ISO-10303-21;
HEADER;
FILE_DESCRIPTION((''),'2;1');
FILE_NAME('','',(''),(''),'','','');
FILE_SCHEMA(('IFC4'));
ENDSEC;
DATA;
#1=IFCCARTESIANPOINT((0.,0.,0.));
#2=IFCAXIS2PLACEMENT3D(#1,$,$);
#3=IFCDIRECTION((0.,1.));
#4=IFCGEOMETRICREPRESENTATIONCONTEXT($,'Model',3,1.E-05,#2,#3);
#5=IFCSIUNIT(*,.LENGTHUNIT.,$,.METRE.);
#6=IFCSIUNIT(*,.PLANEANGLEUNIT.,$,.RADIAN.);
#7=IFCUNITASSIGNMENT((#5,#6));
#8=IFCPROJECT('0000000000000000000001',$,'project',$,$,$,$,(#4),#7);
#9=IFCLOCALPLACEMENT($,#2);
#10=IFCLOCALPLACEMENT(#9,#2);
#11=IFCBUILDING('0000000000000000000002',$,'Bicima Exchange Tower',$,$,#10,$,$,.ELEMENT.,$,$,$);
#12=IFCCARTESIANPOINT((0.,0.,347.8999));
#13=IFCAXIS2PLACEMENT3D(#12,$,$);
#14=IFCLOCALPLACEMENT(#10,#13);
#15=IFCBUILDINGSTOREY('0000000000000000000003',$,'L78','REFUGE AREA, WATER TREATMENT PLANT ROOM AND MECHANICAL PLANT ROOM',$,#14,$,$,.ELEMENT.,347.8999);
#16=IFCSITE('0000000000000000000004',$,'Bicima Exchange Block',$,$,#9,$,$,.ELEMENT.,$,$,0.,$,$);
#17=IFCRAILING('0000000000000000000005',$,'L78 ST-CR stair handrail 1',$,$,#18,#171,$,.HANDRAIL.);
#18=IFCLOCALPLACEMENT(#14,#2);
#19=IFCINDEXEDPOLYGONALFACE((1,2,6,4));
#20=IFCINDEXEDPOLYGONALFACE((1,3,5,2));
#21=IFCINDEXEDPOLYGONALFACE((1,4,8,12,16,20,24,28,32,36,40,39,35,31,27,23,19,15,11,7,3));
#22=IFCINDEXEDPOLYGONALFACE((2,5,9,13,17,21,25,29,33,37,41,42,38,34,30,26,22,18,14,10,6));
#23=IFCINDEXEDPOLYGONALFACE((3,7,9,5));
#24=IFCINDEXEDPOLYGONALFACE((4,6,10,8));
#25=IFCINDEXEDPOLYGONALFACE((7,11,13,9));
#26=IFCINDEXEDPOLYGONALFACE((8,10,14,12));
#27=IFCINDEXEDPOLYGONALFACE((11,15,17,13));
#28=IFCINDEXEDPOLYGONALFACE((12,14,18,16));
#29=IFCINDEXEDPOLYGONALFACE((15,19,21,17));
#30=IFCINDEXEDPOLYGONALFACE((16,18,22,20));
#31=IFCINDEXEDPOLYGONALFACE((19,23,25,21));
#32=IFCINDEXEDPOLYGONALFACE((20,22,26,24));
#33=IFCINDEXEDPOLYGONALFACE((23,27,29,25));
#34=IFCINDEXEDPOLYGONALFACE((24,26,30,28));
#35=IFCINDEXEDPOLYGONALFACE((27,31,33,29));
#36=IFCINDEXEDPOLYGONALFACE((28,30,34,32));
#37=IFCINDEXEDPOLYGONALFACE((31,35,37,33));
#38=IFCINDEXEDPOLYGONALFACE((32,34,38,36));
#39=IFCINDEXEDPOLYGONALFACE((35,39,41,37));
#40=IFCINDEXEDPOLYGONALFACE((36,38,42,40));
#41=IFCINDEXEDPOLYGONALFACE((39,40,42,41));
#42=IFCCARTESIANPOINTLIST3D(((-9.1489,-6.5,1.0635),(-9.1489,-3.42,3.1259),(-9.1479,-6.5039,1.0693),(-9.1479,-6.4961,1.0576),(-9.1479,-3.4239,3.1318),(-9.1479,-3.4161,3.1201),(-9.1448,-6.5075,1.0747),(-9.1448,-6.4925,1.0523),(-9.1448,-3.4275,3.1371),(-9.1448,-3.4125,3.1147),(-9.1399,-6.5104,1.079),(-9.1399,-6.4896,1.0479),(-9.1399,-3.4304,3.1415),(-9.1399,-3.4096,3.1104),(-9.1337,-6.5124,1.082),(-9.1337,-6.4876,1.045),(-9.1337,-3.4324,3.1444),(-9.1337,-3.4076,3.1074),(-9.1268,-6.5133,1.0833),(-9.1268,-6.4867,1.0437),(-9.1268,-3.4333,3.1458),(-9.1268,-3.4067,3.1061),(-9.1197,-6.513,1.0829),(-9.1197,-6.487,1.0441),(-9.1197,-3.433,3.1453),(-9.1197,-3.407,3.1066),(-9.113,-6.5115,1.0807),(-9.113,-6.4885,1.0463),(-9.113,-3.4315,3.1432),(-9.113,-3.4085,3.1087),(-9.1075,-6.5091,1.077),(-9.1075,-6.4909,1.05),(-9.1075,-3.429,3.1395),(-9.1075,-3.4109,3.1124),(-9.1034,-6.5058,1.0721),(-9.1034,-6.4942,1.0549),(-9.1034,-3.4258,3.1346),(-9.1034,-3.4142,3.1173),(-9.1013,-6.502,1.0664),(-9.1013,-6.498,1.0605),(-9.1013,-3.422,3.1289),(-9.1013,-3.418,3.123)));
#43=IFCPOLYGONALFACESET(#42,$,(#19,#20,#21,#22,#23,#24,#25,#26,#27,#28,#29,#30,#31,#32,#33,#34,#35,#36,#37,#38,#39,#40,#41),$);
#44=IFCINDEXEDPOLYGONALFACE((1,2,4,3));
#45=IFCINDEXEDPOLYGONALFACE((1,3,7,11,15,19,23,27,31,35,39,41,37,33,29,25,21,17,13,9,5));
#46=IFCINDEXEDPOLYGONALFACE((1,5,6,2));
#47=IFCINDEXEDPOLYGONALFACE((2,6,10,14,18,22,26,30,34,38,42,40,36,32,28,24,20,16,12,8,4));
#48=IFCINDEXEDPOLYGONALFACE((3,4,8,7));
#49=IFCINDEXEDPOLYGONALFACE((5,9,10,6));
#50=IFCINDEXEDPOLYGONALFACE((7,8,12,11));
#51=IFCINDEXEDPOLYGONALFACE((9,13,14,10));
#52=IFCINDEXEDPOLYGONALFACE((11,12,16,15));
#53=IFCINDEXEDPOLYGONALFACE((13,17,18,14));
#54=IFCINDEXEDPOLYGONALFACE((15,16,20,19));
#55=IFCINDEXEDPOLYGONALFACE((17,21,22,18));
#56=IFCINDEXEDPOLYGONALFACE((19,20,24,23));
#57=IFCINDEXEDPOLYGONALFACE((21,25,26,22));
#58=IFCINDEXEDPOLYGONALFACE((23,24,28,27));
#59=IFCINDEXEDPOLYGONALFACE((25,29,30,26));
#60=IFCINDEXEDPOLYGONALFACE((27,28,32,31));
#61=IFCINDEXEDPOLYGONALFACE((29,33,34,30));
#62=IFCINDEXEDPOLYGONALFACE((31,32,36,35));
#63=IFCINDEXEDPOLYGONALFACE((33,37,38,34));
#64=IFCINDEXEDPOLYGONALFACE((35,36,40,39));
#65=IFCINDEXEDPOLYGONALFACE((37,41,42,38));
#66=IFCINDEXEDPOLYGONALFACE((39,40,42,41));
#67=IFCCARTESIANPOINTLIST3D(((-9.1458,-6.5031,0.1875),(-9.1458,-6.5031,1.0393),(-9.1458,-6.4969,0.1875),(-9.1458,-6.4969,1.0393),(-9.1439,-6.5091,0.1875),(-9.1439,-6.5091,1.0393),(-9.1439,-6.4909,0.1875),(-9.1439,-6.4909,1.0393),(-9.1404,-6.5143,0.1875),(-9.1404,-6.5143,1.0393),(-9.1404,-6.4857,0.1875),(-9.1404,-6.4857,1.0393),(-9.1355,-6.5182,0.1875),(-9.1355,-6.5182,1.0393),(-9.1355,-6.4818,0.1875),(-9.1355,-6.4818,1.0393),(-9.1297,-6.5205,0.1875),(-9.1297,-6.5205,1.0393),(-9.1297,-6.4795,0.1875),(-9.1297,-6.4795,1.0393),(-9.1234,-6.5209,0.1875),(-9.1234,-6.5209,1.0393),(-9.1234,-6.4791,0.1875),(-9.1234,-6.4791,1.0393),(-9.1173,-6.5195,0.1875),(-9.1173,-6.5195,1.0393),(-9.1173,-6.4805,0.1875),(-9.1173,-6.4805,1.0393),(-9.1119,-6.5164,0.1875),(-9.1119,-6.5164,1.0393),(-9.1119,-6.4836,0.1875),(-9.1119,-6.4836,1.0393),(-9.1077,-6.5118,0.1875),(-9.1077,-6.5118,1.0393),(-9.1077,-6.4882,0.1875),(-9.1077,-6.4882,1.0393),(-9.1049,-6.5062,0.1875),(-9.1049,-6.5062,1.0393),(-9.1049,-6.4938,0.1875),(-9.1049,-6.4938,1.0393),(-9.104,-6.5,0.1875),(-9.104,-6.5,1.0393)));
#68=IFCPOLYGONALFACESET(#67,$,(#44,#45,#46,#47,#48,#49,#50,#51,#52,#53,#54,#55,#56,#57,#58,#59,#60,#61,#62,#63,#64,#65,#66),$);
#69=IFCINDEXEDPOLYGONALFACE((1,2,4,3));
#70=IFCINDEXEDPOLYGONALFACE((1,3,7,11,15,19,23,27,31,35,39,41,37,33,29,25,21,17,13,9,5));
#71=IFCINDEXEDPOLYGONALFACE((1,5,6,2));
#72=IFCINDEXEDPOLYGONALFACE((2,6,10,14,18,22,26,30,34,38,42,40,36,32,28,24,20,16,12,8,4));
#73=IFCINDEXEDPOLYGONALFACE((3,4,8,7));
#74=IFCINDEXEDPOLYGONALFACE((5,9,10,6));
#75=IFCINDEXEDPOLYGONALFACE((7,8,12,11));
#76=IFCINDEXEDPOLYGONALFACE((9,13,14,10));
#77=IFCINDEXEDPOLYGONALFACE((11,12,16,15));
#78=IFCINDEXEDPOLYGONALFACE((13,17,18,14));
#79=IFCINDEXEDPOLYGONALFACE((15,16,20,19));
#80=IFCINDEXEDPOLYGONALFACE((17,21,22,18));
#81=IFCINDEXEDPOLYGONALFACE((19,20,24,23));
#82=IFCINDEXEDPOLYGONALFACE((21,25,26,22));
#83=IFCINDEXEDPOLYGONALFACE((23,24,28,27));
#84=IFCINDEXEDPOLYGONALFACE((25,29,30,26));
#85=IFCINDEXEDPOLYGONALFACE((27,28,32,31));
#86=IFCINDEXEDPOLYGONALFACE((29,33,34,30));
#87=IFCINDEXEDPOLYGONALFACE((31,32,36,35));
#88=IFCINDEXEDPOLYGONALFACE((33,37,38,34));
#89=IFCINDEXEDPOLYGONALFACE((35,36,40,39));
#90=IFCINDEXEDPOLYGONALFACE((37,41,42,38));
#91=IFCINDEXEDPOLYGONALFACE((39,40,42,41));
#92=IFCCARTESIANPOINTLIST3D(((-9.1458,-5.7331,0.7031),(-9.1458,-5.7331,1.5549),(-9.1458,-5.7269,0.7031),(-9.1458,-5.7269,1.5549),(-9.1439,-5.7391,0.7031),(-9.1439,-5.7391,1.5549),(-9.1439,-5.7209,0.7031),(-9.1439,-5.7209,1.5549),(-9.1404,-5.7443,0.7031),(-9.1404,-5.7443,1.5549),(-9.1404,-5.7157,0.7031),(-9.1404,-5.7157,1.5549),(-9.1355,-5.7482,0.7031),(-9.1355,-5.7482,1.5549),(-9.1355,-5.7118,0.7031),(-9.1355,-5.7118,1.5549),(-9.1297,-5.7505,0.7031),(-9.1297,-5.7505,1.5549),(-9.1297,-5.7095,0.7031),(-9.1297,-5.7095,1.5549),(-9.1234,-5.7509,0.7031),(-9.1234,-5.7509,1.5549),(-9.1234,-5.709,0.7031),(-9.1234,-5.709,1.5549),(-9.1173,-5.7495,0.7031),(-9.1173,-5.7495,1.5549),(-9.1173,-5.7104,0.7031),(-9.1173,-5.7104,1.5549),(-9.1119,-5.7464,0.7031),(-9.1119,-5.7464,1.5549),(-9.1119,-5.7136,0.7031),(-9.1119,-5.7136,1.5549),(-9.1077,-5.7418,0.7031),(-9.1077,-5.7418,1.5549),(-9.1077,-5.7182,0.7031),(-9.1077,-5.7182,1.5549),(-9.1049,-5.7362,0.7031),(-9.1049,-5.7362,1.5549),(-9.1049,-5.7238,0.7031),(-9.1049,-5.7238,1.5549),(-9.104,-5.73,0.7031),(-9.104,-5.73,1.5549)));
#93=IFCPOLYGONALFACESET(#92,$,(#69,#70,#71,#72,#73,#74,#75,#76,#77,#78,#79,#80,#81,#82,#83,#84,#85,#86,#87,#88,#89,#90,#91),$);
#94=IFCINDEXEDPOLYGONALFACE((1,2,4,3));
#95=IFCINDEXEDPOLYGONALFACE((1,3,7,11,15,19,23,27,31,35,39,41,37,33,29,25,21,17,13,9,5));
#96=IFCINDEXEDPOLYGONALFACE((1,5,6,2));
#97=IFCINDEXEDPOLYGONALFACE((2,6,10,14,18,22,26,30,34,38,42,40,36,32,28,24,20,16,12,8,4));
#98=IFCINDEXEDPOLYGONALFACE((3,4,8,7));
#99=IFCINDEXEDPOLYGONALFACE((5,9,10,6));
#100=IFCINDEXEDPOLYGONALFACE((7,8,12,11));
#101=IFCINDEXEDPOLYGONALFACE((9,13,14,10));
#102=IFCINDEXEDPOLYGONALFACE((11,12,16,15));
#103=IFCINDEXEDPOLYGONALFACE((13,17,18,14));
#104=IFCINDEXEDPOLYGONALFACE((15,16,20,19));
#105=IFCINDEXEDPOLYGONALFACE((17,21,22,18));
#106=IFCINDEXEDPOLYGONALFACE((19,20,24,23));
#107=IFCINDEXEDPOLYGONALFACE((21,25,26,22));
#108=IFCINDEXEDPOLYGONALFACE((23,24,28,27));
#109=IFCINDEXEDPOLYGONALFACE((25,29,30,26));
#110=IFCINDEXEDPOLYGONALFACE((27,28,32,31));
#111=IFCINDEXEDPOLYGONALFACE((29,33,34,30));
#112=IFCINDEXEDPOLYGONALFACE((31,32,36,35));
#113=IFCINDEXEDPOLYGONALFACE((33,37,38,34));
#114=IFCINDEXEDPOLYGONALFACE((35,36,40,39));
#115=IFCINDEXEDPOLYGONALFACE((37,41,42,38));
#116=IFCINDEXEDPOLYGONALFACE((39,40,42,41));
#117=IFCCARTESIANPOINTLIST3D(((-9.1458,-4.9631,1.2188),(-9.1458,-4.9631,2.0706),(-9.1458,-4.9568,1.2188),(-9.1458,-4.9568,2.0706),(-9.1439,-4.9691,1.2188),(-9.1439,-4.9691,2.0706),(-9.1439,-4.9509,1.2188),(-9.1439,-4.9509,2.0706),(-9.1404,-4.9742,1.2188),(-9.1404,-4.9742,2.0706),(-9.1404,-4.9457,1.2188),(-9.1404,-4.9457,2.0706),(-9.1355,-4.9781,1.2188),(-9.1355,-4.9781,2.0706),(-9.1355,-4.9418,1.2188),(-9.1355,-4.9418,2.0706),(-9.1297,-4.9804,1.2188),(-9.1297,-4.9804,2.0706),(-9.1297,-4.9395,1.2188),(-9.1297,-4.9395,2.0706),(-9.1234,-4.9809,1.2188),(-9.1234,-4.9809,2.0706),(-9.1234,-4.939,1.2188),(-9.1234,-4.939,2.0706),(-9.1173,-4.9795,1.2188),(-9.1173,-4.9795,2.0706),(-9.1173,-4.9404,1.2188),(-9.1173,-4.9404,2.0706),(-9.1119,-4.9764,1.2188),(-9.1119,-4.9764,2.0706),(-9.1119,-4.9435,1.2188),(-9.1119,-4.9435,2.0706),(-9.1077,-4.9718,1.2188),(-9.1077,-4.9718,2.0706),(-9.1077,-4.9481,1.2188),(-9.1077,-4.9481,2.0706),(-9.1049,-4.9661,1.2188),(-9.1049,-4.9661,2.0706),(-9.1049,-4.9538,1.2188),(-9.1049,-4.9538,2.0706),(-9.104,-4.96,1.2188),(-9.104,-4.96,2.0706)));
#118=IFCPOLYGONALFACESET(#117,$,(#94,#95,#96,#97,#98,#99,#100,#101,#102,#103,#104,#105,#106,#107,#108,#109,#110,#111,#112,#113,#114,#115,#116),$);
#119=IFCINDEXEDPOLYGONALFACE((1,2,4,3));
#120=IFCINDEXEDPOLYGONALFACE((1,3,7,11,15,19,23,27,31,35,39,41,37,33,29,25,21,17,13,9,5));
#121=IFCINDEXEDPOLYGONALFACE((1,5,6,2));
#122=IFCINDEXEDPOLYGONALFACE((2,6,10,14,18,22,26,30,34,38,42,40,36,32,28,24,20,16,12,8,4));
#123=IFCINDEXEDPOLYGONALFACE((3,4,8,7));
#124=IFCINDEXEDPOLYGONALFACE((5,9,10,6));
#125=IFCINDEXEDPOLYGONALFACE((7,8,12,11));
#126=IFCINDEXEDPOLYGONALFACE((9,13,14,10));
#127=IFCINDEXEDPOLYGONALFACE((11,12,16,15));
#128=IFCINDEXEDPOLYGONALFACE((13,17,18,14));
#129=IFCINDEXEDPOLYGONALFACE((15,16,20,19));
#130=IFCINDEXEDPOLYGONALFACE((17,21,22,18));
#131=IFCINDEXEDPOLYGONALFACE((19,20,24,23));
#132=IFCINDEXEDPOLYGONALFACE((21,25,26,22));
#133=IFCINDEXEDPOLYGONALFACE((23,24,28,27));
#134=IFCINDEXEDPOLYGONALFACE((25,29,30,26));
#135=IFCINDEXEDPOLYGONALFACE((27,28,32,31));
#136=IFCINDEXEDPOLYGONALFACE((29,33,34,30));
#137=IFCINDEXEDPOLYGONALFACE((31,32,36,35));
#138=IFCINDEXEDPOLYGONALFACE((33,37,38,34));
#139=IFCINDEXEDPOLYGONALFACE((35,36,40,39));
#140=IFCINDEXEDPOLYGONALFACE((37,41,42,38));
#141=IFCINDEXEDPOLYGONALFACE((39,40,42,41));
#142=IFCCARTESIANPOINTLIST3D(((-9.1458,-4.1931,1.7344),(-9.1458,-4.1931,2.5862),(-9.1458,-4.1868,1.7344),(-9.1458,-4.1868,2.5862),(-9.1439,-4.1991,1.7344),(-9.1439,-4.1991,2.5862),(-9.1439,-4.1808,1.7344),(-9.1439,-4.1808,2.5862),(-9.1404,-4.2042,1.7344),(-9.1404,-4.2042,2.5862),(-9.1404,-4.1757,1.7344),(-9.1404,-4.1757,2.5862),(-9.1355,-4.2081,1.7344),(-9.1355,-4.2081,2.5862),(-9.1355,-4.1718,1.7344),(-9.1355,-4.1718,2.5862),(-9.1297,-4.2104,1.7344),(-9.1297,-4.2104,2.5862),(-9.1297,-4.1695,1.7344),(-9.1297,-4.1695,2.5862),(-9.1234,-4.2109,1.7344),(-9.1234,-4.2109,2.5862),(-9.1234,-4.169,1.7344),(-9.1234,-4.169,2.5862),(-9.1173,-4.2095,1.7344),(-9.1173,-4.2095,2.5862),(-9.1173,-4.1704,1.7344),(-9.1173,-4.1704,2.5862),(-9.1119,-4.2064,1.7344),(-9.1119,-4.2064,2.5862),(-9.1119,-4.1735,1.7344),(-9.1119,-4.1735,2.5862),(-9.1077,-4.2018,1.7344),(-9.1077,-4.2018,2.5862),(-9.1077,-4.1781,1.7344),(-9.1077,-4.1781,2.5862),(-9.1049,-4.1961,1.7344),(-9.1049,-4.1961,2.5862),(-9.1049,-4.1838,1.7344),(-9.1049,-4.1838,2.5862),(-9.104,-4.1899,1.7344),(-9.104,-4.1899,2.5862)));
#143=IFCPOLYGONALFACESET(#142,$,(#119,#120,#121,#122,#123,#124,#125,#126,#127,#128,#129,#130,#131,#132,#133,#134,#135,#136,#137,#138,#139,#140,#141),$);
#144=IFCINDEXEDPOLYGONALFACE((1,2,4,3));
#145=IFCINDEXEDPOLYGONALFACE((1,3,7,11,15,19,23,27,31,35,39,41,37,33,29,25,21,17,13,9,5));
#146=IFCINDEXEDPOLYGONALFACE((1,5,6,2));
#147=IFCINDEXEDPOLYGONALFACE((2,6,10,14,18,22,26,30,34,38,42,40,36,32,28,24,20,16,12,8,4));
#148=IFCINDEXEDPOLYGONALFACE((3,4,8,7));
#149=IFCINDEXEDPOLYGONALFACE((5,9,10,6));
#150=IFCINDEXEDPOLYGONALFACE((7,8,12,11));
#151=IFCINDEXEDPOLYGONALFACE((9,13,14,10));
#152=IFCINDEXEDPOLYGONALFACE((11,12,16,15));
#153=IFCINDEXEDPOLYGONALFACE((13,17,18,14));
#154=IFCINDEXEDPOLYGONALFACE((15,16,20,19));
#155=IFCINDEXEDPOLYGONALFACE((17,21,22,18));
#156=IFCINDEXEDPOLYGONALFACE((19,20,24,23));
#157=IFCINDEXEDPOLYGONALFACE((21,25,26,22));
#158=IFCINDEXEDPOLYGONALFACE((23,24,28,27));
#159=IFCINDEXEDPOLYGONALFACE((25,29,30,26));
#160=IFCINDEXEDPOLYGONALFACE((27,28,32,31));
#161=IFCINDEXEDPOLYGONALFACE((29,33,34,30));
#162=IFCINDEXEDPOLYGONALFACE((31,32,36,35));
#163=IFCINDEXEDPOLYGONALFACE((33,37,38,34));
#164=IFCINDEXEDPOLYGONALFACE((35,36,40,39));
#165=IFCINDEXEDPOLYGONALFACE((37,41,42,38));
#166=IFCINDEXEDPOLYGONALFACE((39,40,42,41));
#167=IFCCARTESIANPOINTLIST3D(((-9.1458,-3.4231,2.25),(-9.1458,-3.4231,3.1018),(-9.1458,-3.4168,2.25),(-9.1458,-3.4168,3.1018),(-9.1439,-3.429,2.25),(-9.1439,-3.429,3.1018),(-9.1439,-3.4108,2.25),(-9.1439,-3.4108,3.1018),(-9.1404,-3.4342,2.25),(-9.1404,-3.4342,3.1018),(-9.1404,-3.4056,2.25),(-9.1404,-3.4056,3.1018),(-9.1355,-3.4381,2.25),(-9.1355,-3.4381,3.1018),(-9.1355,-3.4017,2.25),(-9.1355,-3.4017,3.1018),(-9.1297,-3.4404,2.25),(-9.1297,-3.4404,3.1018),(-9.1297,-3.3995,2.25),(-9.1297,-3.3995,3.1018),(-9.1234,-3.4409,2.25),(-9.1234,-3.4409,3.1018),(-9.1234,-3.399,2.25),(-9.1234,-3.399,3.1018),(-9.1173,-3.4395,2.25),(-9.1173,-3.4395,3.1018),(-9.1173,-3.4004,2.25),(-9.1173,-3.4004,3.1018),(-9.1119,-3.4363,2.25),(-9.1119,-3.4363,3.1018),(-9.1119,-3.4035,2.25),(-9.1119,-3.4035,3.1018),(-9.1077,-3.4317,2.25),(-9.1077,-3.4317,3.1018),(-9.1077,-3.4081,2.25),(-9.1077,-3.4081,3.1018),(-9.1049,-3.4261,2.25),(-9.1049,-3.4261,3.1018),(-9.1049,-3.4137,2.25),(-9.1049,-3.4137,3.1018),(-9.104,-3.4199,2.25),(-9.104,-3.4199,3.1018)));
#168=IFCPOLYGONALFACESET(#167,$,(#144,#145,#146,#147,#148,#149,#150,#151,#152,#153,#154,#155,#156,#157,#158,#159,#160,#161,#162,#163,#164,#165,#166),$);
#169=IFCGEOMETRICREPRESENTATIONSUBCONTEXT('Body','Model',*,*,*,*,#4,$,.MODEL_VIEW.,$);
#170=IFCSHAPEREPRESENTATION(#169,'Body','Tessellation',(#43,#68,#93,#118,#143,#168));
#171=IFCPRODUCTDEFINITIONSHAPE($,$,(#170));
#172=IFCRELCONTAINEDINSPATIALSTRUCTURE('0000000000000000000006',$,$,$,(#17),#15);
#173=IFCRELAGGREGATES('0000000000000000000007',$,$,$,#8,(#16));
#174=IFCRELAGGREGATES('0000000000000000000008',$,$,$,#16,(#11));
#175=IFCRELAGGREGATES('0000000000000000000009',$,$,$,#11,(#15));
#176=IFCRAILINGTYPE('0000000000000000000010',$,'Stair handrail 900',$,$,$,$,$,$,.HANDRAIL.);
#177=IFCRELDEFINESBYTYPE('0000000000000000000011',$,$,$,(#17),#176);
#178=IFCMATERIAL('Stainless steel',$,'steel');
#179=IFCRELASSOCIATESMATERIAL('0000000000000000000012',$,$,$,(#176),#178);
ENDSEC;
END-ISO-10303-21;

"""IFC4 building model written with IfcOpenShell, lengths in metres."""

from ifc_helpers import new_model, si_unit, direction, frame, origin, origin_2d, place, context, subcontext, project, spatial, circle, extrude, material, type_object, element, save


model = new_model("IFC4")

# Units and contexts
model_context = context("Model", 3, precision=1e-05, world=origin(), true_north=direction((0.0, 1.0)))
body_context = subcontext(model_context, "Body", "Model", "MODEL_VIEW")
ifc_project = project(units=[si_unit("LENGTHUNIT", "METRE"), si_unit("PLANEANGLEUNIT", "RADIAN")], contexts=[model_context])

# Site, building, storey
site_placement = place(None, origin())
site = spatial("IfcSite", under=ifc_project, at=site_placement, Name="Bicima Exchange Block", CompositionType="ELEMENT", RefElevation=0.0)
building_placement = place(site_placement, origin())
building = spatial("IfcBuilding", under=site, at=building_placement, Name="Bicima Exchange Tower", CompositionType="ELEMENT")
storey_placement = place(building_placement, frame((0.0, 0.0, 347.8999)))
storey = spatial("IfcBuildingStorey", under=building, at=storey_placement, Name="L78", Description="REFUGE AREA, WATER TREATMENT PLANT ROOM AND MECHANICAL PLANT ROOM", CompositionType="ELEMENT", Elevation=347.8999)

# Railing
ifc_material_1 = material(Name="Stainless steel", Category="steel")
railing_type_1 = type_object("IfcRailingType", Name="Stair handrail 900", PredefinedType="HANDRAIL", material=ifc_material_1)
railing_1_placement = place(storey_placement, frame((-9.125, -6.5, 0.1875)))
element("IfcRailing", 1, at=railing_1_placement, inside=storey, type_object=railing_type_1, Name="L78 ST-CR stair handrail 1", PredefinedType="HANDRAIL", context=body_context, shape_type="SweptSolid", body=[
    extrude(circle(Radius=0.0239, at=origin_2d()), frame((0.0, 0.0, 0.876), z_axis=(0.0, 0.830914, 0.556401), x_axis=(-1.0, 0.0, 0.0)), (0.0, 0.0, 1.0), 3.7068),
    extrude(circle(Radius=0.021, at=origin_2d()), origin(), (0.0, 0.0, 1.0), 0.8518),
    extrude(circle(Radius=0.021, at=origin_2d()), frame((0.0, 0.77, 0.5156)), (0.0, 0.0, 1.0), 0.8518),
    extrude(circle(Radius=0.021, at=origin_2d()), frame((0.0, 1.54, 1.0312)), (0.0, 0.0, 1.0), 0.8518),
    extrude(circle(Radius=0.021, at=origin_2d()), frame((0.0, 2.3101, 1.5469)), (0.0, 0.0, 1.0), 0.8518),
    extrude(circle(Radius=0.021, at=origin_2d()), frame((0.0, 3.0801, 2.0625)), (0.0, 0.0, 1.0), 0.8518),
])

save(model, "model.ifc")
